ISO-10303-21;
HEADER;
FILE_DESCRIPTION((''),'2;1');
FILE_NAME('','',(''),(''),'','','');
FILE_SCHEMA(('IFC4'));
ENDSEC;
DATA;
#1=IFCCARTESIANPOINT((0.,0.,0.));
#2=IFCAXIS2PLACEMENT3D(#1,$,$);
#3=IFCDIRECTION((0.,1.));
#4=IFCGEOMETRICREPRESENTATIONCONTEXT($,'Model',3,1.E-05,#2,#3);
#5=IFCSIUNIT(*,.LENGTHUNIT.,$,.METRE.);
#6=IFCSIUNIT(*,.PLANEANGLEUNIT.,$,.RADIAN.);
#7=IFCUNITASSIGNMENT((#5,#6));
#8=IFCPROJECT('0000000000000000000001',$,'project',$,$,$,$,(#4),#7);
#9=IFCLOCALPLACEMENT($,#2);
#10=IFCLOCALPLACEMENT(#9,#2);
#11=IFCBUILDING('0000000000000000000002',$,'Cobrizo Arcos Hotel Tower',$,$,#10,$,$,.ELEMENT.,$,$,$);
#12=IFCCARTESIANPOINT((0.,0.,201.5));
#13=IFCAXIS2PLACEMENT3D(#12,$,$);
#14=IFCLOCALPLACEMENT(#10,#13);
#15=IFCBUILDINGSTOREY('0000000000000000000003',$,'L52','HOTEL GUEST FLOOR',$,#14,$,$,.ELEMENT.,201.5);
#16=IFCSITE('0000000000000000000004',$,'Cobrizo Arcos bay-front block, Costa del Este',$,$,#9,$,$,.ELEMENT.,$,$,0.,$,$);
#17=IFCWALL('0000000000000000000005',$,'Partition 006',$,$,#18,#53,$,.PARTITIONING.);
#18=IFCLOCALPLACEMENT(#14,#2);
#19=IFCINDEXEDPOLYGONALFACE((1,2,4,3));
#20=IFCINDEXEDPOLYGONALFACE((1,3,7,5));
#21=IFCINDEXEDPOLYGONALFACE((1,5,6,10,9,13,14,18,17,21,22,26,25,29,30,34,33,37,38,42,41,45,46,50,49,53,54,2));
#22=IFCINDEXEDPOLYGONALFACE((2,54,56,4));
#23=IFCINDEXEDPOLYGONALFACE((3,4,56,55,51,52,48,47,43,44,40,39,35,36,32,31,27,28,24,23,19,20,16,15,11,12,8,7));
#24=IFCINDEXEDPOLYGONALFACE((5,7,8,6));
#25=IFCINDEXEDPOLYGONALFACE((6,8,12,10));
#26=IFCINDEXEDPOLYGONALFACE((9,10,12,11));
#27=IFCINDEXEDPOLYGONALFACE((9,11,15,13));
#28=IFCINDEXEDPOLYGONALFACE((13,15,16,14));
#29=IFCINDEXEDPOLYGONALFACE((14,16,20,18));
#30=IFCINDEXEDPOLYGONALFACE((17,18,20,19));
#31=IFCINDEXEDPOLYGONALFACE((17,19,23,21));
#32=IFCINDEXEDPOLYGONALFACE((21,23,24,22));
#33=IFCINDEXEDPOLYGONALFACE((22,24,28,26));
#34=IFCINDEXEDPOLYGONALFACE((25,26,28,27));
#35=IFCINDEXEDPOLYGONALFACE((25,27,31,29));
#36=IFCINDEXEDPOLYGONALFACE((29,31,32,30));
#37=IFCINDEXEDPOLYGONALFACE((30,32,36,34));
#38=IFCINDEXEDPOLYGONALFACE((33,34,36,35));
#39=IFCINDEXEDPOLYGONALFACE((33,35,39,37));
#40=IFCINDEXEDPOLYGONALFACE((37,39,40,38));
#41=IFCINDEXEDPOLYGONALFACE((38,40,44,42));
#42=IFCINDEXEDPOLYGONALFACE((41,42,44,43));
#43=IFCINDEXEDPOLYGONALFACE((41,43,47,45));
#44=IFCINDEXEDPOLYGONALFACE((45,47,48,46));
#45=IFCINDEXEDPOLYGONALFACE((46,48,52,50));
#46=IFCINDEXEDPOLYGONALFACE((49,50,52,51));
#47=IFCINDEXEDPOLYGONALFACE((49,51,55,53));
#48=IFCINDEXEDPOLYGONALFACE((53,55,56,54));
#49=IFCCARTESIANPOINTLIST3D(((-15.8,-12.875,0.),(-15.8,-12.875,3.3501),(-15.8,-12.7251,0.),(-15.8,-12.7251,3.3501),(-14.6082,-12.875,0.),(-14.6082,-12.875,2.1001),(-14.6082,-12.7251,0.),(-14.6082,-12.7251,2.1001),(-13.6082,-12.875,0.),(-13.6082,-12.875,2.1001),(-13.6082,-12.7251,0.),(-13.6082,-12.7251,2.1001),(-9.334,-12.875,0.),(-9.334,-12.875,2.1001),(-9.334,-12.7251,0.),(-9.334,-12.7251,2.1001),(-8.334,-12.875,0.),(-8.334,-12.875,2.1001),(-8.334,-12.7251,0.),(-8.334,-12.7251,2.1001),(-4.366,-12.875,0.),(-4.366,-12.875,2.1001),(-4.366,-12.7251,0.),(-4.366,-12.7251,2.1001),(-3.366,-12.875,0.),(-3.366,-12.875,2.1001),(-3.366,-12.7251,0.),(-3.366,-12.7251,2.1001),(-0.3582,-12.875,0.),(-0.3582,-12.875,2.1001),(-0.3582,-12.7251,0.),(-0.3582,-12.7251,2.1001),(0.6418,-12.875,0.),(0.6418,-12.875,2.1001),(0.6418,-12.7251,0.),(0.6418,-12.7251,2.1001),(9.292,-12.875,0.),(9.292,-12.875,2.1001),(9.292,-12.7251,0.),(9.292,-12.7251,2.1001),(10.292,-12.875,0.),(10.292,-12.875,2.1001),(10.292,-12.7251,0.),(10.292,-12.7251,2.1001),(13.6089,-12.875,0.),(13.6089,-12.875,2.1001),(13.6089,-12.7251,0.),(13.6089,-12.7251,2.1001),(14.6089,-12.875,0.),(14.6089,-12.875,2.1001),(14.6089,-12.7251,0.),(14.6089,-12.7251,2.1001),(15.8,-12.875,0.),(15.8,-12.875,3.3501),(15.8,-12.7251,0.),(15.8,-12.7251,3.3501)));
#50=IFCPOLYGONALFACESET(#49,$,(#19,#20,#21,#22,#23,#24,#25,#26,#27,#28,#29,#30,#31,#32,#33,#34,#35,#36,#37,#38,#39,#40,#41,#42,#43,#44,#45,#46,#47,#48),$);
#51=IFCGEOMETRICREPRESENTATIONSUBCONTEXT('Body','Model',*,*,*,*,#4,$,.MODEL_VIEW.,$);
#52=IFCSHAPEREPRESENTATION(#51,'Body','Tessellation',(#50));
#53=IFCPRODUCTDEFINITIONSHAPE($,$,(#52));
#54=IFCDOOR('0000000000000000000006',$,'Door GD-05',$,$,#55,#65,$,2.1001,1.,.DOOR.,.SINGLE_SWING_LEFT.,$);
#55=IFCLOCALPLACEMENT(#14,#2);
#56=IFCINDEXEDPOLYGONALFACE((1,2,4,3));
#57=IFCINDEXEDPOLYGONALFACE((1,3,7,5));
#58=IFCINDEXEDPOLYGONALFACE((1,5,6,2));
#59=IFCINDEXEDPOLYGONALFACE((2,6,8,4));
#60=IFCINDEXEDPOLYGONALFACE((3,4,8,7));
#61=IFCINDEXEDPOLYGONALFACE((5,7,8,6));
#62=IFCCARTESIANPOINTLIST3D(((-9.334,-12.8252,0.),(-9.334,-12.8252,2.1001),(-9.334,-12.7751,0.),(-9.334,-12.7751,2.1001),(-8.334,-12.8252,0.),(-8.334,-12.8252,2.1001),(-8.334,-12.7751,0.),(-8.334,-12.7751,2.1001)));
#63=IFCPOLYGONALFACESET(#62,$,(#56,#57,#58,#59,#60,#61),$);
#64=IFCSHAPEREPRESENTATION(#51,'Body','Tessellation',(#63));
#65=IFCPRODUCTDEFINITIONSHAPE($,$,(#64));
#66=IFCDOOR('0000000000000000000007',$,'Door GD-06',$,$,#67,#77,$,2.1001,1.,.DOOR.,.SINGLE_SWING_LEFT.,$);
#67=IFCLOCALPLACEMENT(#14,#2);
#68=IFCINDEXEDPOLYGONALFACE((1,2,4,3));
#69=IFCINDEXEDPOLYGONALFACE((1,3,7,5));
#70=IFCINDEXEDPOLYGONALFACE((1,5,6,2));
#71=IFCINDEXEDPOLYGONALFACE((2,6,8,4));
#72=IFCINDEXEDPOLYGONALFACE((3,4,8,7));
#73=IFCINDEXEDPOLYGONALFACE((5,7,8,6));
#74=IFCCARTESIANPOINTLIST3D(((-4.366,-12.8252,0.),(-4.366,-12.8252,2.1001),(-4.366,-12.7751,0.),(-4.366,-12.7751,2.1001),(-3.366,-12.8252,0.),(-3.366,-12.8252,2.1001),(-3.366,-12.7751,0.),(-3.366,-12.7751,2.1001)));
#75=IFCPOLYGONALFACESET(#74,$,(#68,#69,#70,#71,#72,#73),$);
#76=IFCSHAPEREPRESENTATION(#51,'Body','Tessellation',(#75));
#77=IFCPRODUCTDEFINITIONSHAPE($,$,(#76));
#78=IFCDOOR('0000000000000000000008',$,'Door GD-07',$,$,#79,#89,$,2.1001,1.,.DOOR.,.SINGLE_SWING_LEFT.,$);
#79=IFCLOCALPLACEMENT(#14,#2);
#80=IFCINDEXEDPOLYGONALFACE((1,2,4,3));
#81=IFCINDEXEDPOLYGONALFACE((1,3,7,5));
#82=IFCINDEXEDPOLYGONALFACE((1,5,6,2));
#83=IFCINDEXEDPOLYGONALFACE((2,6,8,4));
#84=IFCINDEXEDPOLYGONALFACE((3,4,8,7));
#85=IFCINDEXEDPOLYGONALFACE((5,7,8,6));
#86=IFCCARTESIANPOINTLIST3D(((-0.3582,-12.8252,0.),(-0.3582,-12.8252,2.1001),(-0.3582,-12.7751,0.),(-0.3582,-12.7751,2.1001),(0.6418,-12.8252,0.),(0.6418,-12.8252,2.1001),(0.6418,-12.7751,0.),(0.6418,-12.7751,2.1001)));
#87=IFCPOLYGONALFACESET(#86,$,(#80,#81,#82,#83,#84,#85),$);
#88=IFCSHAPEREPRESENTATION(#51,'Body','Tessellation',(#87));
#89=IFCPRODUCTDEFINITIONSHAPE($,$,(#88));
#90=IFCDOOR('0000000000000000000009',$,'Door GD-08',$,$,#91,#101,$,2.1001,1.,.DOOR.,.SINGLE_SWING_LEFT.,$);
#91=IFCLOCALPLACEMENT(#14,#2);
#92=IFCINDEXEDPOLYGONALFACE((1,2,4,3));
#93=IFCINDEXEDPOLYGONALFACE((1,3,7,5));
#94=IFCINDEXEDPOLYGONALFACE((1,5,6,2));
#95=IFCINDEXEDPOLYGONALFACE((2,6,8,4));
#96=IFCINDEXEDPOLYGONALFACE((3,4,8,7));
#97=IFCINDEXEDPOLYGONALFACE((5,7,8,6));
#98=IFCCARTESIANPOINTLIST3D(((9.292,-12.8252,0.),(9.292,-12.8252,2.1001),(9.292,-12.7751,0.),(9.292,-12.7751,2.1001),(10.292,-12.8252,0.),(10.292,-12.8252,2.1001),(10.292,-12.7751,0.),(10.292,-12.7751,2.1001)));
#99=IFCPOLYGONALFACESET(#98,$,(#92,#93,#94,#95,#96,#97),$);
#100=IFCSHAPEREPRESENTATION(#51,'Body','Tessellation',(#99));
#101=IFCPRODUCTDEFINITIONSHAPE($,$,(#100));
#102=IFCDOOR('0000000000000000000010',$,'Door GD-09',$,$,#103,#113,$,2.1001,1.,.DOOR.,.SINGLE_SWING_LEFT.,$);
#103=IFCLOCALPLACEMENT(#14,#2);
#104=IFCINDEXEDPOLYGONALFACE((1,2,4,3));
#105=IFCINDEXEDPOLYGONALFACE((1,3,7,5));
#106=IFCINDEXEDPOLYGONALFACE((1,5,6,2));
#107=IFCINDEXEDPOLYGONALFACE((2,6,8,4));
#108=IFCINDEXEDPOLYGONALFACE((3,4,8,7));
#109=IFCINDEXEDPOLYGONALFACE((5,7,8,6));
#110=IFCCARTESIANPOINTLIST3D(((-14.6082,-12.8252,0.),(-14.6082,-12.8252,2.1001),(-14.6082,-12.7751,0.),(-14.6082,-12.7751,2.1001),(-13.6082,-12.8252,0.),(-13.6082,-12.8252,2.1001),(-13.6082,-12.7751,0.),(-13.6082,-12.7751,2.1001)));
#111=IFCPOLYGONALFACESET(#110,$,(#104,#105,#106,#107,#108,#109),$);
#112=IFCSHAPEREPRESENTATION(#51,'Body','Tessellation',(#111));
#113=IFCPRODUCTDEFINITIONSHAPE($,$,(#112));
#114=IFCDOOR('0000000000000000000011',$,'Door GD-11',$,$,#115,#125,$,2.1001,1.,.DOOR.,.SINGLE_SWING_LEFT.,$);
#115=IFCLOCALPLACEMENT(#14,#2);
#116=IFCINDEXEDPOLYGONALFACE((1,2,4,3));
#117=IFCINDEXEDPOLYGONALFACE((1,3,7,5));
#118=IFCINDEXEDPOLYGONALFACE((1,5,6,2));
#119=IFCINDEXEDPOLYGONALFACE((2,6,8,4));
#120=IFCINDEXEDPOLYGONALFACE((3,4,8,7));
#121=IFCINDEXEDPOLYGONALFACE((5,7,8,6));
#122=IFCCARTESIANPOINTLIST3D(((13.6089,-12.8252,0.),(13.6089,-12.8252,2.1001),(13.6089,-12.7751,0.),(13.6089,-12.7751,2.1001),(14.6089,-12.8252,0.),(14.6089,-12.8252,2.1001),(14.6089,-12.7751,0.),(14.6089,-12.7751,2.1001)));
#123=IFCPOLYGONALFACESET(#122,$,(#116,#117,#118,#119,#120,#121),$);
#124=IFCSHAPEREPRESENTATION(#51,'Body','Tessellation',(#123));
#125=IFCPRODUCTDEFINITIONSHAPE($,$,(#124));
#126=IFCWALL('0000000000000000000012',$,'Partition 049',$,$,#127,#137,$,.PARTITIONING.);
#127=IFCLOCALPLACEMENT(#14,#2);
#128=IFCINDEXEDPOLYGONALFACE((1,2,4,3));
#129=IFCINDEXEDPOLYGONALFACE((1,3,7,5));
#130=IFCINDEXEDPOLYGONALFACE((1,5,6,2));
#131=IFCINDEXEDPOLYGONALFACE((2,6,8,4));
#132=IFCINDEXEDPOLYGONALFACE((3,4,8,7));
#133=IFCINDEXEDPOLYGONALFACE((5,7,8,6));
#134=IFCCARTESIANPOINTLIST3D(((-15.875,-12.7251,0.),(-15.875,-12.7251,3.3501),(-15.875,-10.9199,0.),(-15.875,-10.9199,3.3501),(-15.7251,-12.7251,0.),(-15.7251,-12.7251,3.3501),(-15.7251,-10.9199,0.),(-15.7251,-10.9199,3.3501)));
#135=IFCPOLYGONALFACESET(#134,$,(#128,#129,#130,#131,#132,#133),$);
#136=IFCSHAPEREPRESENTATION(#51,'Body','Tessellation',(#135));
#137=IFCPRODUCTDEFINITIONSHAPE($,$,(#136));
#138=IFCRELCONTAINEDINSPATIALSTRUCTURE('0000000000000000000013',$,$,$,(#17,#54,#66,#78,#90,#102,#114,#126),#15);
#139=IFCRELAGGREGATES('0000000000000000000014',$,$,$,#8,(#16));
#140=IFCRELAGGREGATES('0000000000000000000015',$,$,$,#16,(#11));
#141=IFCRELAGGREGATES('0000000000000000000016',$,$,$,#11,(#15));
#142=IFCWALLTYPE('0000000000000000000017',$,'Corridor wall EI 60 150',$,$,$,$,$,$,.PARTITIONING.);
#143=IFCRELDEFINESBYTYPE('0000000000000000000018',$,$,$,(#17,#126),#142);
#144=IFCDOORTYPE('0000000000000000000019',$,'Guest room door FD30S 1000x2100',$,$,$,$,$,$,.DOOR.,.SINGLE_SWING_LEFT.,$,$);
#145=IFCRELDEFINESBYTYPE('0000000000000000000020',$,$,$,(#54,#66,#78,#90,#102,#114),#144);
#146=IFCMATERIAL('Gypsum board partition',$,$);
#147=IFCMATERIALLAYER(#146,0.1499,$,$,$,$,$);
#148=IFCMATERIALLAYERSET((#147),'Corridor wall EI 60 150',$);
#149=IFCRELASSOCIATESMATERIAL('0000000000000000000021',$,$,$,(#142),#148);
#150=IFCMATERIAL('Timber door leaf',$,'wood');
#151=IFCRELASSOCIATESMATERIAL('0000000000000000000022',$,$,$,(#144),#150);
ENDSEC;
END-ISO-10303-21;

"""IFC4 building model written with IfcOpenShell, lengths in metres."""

from ifc_helpers import new_model, si_unit, direction, frame, frame_2d, origin, place, context, subcontext, project, spatial, rectangle, extrude, material, layer, layer_set, type_object, element, fill, save


model = new_model("IFC4")

# Units and contexts
model_context = context("Model", 3, precision=1e-05, world=origin(), true_north=direction((0.0, 1.0)))
body_context = subcontext(model_context, "Body", "Model", "MODEL_VIEW")
ifc_project = project(units=[si_unit("LENGTHUNIT", "METRE"), si_unit("PLANEANGLEUNIT", "RADIAN")], contexts=[model_context])

# Site, building, storey
site_placement = place(None, origin())
site = spatial("IfcSite", under=ifc_project, at=site_placement, Name="Cobrizo Arcos bay-front block, Costa del Este", CompositionType="ELEMENT", RefElevation=0.0)
building_placement = place(site_placement, origin())
building = spatial("IfcBuilding", under=site, at=building_placement, Name="Cobrizo Arcos Hotel Tower", CompositionType="ELEMENT")
storey_placement = place(building_placement, frame((0.0, 0.0, 201.5)))
storey = spatial("IfcBuildingStorey", under=building, at=storey_placement, Name="L52", Description="HOTEL GUEST FLOOR", CompositionType="ELEMENT", Elevation=201.5)

# Wall, openings, doors
ifc_material_1 = material(Name="Gypsum board partition")
ifc_layer_1 = layer(ifc_material_1, 0.1499)
ifc_layer_set_1 = layer_set([ifc_layer_1], Name="Corridor wall EI 60 150")
wall_type = type_object("IfcWallType", Name="Corridor wall EI 60 150", PredefinedType="PARTITIONING", material=ifc_layer_set_1)
wall_1_placement = place(storey_placement, frame((-15.8, -12.8, 0.0), z_axis=(0.0, 0.0, 1.0), x_axis=(1.0, 0.0, 0.0)))
wall_1 = element("IfcWall", 1, at=wall_1_placement, inside=storey, type_object=wall_type, Name="Partition 006", PredefinedType="PARTITIONING", context=body_context, shape_type="SweptSolid", body=[
    extrude(rectangle(XDim=31.6001, YDim=0.1499, at=frame_2d((15.8, 0.0))), origin(), (0.0, 0.0, 1.0), 3.3501),
])
opening_1_placement = place(wall_1_placement, frame((6.4661, 0.0, 0.0)))
opening_1 = element("IfcOpeningElement", 2, at=opening_1_placement, cuts=wall_1, PredefinedType="OPENING", context=body_context, shape_type="SweptSolid", body=[
    extrude(rectangle(XDim=1.0, YDim=2.1001, at=frame_2d((0.5, 1.05))), frame((0.0, 0.0869, 0.0), z_axis=(0.0, -1.0, 0.0), x_axis=(1.0, 0.0, 0.0)), (0.0, 0.0, 1.0), 0.1738),
])
opening_2_placement = place(wall_1_placement, frame((11.4341, 0.0, 0.0)))
opening_2 = element("IfcOpeningElement", 3, at=opening_2_placement, cuts=wall_1, PredefinedType="OPENING", context=body_context, shape_type="SweptSolid", body=[
    extrude(rectangle(XDim=1.0, YDim=2.1001, at=frame_2d((0.5, 1.05))), frame((0.0, 0.0869, 0.0), z_axis=(0.0, -1.0, 0.0), x_axis=(1.0, 0.0, 0.0)), (0.0, 0.0, 1.0), 0.1738),
])
opening_3_placement = place(wall_1_placement, frame((15.4419, 0.0, 0.0)))
opening_3 = element("IfcOpeningElement", 4, at=opening_3_placement, cuts=wall_1, PredefinedType="OPENING", context=body_context, shape_type="SweptSolid", body=[
    extrude(rectangle(XDim=1.0, YDim=2.1001, at=frame_2d((0.5, 1.05))), frame((0.0, 0.0869, 0.0), z_axis=(0.0, -1.0, 0.0), x_axis=(1.0, 0.0, 0.0)), (0.0, 0.0, 1.0), 0.1738),
])
opening_4_placement = place(wall_1_placement, frame((25.092, 0.0, 0.0)))
opening_4 = element("IfcOpeningElement", 5, at=opening_4_placement, cuts=wall_1, PredefinedType="OPENING", context=body_context, shape_type="SweptSolid", body=[
    extrude(rectangle(XDim=1.0, YDim=2.1001, at=frame_2d((0.5, 1.05))), frame((0.0, 0.0869, 0.0), z_axis=(0.0, -1.0, 0.0), x_axis=(1.0, 0.0, 0.0)), (0.0, 0.0, 1.0), 0.1738),
])
opening_5_placement = place(wall_1_placement, frame((1.1919, 0.0, 0.0)))
opening_5 = element("IfcOpeningElement", 6, at=opening_5_placement, cuts=wall_1, PredefinedType="OPENING", context=body_context, shape_type="SweptSolid", body=[
    extrude(rectangle(XDim=1.0, YDim=2.1001, at=frame_2d((0.5, 1.05))), frame((0.0, 0.0869, 0.0), z_axis=(0.0, -1.0, 0.0), x_axis=(1.0, 0.0, 0.0)), (0.0, 0.0, 1.0), 0.1738),
])
opening_6_placement = place(wall_1_placement, frame((29.4089, 0.0, 0.0)))
opening_6 = element("IfcOpeningElement", 7, at=opening_6_placement, cuts=wall_1, PredefinedType="OPENING", context=body_context, shape_type="SweptSolid", body=[
    extrude(rectangle(XDim=1.0, YDim=2.1001, at=frame_2d((0.5, 1.05))), frame((0.0, 0.0869, 0.0), z_axis=(0.0, -1.0, 0.0), x_axis=(1.0, 0.0, 0.0)), (0.0, 0.0, 1.0), 0.1738),
])
ifc_material_2 = material(Name="Timber door leaf", Category="wood")
door_type = type_object("IfcDoorType", Name="Guest room door FD30S 1000x2100", OperationType="SINGLE_SWING_LEFT", PredefinedType="DOOR", material=ifc_material_2)
door_1_placement = place(opening_1_placement, origin())
door_1 = element("IfcDoor", 8, at=door_1_placement, inside=storey, type_object=door_type, Name="Door GD-05", OperationType="SINGLE_SWING_LEFT", OverallHeight=2.1001, OverallWidth=1.0, PredefinedType="DOOR", context=body_context, shape_type="SweptSolid", body=[
    extrude(rectangle(XDim=1.0, YDim=2.1001, at=frame_2d((0.5, 1.05))), frame((0.0, 0.0249, 0.0), z_axis=(0.0, -1.0, 0.0), x_axis=(1.0, 0.0, 0.0)), (0.0, 0.0, 1.0), 0.05),
])
fill(opening_1, door_1)
door_2_placement = place(opening_2_placement, origin())
door_2 = element("IfcDoor", 9, at=door_2_placement, inside=storey, type_object=door_type, Name="Door GD-06", OperationType="SINGLE_SWING_LEFT", OverallHeight=2.1001, OverallWidth=1.0, PredefinedType="DOOR", context=body_context, shape_type="SweptSolid", body=[
    extrude(rectangle(XDim=1.0, YDim=2.1001, at=frame_2d((0.5, 1.05))), frame((0.0, 0.0249, 0.0), z_axis=(0.0, -1.0, 0.0), x_axis=(1.0, 0.0, 0.0)), (0.0, 0.0, 1.0), 0.05),
])
fill(opening_2, door_2)
door_3_placement = place(opening_3_placement, origin())
door_3 = element("IfcDoor", 10, at=door_3_placement, inside=storey, type_object=door_type, Name="Door GD-07", OperationType="SINGLE_SWING_LEFT", OverallHeight=2.1001, OverallWidth=1.0, PredefinedType="DOOR", context=body_context, shape_type="SweptSolid", body=[
    extrude(rectangle(XDim=1.0, YDim=2.1001, at=frame_2d((0.5, 1.05))), frame((0.0, 0.0249, 0.0), z_axis=(0.0, -1.0, 0.0), x_axis=(1.0, 0.0, 0.0)), (0.0, 0.0, 1.0), 0.05),
])
fill(opening_3, door_3)
door_4_placement = place(opening_4_placement, origin())
door_4 = element("IfcDoor", 11, at=door_4_placement, inside=storey, type_object=door_type, Name="Door GD-08", OperationType="SINGLE_SWING_LEFT", OverallHeight=2.1001, OverallWidth=1.0, PredefinedType="DOOR", context=body_context, shape_type="SweptSolid", body=[
    extrude(rectangle(XDim=1.0, YDim=2.1001, at=frame_2d((0.5, 1.05))), frame((0.0, 0.0249, 0.0), z_axis=(0.0, -1.0, 0.0), x_axis=(1.0, 0.0, 0.0)), (0.0, 0.0, 1.0), 0.05),
])
fill(opening_4, door_4)
door_5_placement = place(opening_5_placement, origin())
door_5 = element("IfcDoor", 12, at=door_5_placement, inside=storey, type_object=door_type, Name="Door GD-09", OperationType="SINGLE_SWING_LEFT", OverallHeight=2.1001, OverallWidth=1.0, PredefinedType="DOOR", context=body_context, shape_type="SweptSolid", body=[
    extrude(rectangle(XDim=1.0, YDim=2.1001, at=frame_2d((0.5, 1.05))), frame((0.0, 0.0249, 0.0), z_axis=(0.0, -1.0, 0.0), x_axis=(1.0, 0.0, 0.0)), (0.0, 0.0, 1.0), 0.05),
])
fill(opening_5, door_5)
door_6_placement = place(opening_6_placement, origin())
door_6 = element("IfcDoor", 13, at=door_6_placement, inside=storey, type_object=door_type, Name="Door GD-11", OperationType="SINGLE_SWING_LEFT", OverallHeight=2.1001, OverallWidth=1.0, PredefinedType="DOOR", context=body_context, shape_type="SweptSolid", body=[
    extrude(rectangle(XDim=1.0, YDim=2.1001, at=frame_2d((0.5, 1.05))), frame((0.0, 0.0249, 0.0), z_axis=(0.0, -1.0, 0.0), x_axis=(1.0, 0.0, 0.0)), (0.0, 0.0, 1.0), 0.05),
])
fill(opening_6, door_6)

# Wall
wall_2_placement = place(storey_placement, frame((-15.8, -12.7251, 0.0), z_axis=(0.0, 0.0, 1.0), x_axis=(0.0, 1.0, 0.0)))
element("IfcWall", 14, at=wall_2_placement, inside=storey, type_object=wall_type, Name="Partition 049", PredefinedType="PARTITIONING", context=body_context, shape_type="SweptSolid", body=[
    extrude(rectangle(XDim=1.8052, YDim=0.1499, at=frame_2d((0.9026, 0.0))), origin(), (0.0, 0.0, 1.0), 3.3501),
])

save(model, "model.ifc")
